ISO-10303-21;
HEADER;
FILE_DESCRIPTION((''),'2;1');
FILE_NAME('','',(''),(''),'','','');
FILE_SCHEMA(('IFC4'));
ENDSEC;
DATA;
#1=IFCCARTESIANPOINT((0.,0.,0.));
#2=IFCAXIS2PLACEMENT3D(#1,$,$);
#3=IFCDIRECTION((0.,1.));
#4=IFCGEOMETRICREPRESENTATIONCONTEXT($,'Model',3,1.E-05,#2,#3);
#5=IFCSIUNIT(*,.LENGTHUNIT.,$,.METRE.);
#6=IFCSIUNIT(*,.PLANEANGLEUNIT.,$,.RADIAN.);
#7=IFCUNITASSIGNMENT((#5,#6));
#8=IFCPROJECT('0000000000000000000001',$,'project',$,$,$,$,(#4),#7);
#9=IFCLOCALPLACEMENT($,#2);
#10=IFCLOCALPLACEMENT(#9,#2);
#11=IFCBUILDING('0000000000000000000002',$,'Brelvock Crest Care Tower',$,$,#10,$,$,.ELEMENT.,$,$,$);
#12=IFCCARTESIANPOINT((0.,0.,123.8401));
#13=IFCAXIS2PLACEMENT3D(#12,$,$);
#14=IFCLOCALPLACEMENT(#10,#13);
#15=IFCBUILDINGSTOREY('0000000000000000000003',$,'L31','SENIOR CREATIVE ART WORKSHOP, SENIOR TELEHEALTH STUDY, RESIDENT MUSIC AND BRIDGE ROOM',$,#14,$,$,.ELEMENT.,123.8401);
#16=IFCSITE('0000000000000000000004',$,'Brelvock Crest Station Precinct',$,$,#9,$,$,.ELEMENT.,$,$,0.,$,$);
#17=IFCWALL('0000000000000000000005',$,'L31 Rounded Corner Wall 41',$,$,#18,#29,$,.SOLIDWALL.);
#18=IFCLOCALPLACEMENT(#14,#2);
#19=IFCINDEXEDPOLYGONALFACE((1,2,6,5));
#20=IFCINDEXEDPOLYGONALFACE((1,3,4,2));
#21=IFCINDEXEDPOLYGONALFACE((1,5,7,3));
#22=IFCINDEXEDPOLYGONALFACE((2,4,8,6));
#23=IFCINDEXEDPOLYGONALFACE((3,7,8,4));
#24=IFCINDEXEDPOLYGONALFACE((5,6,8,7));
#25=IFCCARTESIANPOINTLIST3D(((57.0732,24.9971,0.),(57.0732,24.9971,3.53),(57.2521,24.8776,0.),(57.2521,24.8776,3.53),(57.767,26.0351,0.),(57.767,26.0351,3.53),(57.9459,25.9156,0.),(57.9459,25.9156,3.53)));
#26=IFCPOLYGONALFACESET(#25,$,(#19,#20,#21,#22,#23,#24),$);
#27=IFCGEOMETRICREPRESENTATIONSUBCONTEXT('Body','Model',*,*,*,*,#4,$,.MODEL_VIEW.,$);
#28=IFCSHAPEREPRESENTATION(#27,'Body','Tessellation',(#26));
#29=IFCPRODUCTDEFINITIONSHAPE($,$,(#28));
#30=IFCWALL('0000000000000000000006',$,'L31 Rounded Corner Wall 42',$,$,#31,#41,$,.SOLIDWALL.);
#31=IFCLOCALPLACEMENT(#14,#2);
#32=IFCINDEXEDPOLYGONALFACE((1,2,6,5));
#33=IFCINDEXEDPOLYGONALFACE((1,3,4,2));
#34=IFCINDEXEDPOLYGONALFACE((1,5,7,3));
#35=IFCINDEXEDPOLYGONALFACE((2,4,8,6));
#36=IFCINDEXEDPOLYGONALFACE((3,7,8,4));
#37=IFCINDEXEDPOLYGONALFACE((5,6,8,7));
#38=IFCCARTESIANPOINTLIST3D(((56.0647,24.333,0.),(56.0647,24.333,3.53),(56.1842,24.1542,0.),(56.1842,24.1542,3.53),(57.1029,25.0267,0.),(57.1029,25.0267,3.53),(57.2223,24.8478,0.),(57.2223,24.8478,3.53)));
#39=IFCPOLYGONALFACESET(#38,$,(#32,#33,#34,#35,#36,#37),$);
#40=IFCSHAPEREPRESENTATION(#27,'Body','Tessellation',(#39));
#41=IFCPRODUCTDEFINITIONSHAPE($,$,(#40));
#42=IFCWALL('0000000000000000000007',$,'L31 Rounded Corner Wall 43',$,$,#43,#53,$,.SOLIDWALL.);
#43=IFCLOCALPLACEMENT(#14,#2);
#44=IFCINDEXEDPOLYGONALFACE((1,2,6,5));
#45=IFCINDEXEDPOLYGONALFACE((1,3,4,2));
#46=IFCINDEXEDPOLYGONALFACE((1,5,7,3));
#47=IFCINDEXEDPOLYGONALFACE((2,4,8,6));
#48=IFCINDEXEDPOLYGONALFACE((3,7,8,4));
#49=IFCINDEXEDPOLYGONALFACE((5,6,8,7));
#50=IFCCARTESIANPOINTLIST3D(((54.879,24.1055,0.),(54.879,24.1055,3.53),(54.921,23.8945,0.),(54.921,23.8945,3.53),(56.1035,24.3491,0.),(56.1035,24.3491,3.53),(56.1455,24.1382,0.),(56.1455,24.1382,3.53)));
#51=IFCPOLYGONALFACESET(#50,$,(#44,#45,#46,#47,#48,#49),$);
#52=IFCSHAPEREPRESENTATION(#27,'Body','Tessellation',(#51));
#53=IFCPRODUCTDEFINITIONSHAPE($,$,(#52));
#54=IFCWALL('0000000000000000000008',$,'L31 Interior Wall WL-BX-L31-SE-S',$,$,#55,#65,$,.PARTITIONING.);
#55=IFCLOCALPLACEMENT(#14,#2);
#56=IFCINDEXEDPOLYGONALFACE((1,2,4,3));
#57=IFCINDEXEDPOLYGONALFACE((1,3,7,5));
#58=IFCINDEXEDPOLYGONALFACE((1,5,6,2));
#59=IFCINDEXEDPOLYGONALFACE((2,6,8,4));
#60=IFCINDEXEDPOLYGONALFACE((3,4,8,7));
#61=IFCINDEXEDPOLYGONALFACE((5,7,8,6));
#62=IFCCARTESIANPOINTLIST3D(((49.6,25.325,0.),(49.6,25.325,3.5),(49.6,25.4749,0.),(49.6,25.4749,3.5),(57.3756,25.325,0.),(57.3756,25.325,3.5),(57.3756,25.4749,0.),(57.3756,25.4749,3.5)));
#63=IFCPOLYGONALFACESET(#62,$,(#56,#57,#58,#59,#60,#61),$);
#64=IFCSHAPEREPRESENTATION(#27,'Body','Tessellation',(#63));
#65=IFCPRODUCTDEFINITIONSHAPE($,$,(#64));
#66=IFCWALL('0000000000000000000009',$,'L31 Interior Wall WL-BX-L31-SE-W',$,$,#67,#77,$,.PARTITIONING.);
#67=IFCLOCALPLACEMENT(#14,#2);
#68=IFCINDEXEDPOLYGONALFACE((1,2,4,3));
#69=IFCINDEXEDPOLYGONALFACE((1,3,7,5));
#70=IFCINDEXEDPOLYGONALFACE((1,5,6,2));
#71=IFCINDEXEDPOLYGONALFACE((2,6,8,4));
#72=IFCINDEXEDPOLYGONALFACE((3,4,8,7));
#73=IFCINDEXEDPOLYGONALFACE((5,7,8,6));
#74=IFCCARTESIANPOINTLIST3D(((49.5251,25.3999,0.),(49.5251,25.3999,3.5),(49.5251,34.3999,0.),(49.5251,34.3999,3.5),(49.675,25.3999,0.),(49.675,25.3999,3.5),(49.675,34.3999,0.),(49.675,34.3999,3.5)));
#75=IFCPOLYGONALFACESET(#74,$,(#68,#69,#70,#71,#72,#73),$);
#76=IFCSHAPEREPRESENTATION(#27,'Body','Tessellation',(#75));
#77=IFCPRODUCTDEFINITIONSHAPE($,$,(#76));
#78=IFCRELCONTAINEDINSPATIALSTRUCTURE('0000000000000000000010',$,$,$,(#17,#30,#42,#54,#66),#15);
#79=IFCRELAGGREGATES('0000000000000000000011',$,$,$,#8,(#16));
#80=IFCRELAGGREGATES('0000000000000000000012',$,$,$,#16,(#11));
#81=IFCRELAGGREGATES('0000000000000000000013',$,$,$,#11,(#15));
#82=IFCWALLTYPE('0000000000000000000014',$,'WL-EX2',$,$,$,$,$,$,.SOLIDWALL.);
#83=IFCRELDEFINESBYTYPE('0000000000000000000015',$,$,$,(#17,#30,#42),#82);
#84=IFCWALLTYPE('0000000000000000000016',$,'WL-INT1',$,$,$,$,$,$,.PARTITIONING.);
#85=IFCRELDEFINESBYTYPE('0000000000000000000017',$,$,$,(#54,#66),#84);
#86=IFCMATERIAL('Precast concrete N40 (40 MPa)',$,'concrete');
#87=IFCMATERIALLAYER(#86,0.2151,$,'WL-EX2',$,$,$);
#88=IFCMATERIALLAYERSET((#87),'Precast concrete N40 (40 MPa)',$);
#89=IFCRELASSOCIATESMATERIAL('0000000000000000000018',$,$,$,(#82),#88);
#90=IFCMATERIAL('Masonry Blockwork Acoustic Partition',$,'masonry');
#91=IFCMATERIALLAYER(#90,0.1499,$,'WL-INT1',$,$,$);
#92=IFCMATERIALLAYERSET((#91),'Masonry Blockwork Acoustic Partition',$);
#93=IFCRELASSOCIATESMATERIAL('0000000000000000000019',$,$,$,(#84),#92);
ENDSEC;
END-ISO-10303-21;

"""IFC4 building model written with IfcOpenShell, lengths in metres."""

from ifc_helpers import new_model, si_unit, direction, frame, frame_2d, origin, place, context, subcontext, project, spatial, rectangle, extrude, material, layer, layer_set, type_object, element, save


model = new_model("IFC4")

# Units and contexts
model_context = context("Model", 3, precision=1e-05, world=origin(), true_north=direction((0.0, 1.0)))
body_context = subcontext(model_context, "Body", "Model", "MODEL_VIEW")
ifc_project = project(units=[si_unit("LENGTHUNIT", "METRE"), si_unit("PLANEANGLEUNIT", "RADIAN")], contexts=[model_context])

# Site, building, storey
site_placement = place(None, origin())
site = spatial("IfcSite", under=ifc_project, at=site_placement, Name="Brelvock Crest Station Precinct", CompositionType="ELEMENT", RefElevation=0.0)
building_placement = place(site_placement, origin())
building = spatial("IfcBuilding", under=site, at=building_placement, Name="Brelvock Crest Care Tower", CompositionType="ELEMENT")
storey_placement = place(building_placement, frame((0.0, 0.0, 123.8401)))
storey = spatial("IfcBuildingStorey", under=building, at=storey_placement, Name="L31", Description="SENIOR CREATIVE ART WORKSHOP, SENIOR TELEHEALTH STUDY, RESIDENT MUSIC AND BRIDGE ROOM", CompositionType="ELEMENT", Elevation=123.8401)

# Walls
ifc_material_1 = material(Name="Precast concrete N40 (40 MPa)", Category="concrete")
ifc_layer_1 = layer(ifc_material_1, 0.2151, Name="WL-EX2")
ifc_layer_set_1 = layer_set([ifc_layer_1], Name="Precast concrete N40 (40 MPa)")
wall_type_1 = type_object("IfcWallType", Name="WL-EX2", PredefinedType="SOLIDWALL", material=ifc_layer_set_1)
for number, where, z_axis, x_axis, name in (
    (1, (57.8564, 25.9753, 0.0), (0.0, 0.0, 1.0), (-0.555692, -0.831388, 0.0), "L31 Rounded Corner Wall 41"),
    (2, (57.1626, 24.9373, 0.0), (0.0, 0.0, 1.0), (-0.831478, -0.555557, 0.0), "L31 Rounded Corner Wall 42"),
    (3, (56.1245, 24.2437, 0.0), (0.0, 0.0, 1.0), (-0.980776, -0.195138, 0.0), "L31 Rounded Corner Wall 43"),
):
    element("IfcWall", number, at=place(storey_placement, frame(where, z_axis=z_axis, x_axis=x_axis)), inside=storey, type_object=wall_type_1, Name=name, PredefinedType="SOLIDWALL", context=body_context, shape_type="SweptSolid", body=[
        extrude(rectangle(XDim=1.2485, YDim=0.2151, at=frame_2d((0.6243, 0.0))), origin(), (0.0, 0.0, 1.0), 3.53),
    ])
ifc_material_2 = material(Name="Masonry Blockwork Acoustic Partition", Category="masonry")
ifc_layer_2 = layer(ifc_material_2, 0.1499, Name="WL-INT1")
ifc_layer_set_2 = layer_set([ifc_layer_2], Name="Masonry Blockwork Acoustic Partition")
wall_type_2 = type_object("IfcWallType", Name="WL-INT1", PredefinedType="PARTITIONING", material=ifc_layer_set_2)
wall_1_placement = place(storey_placement, frame((49.6001, 25.3999, 0.0), z_axis=(0.0, 0.0, 1.0), x_axis=(1.0, 0.0, 0.0)))
element("IfcWall", 4, at=wall_1_placement, inside=storey, type_object=wall_type_2, Name="L31 Interior Wall WL-BX-L31-SE-S", PredefinedType="PARTITIONING", context=body_context, shape_type="SweptSolid", body=[
    extrude(rectangle(XDim=7.7756, YDim=0.1499, at=frame_2d((3.8877, 0.0))), origin(), (0.0, 0.0, 1.0), 3.5),
])
wall_2_placement = place(storey_placement, frame((49.6001, 25.3999, 0.0), z_axis=(0.0, 0.0, 1.0), x_axis=(0.0, 1.0, 0.0)))
element("IfcWall", 5, at=wall_2_placement, inside=storey, type_object=wall_type_2, Name="L31 Interior Wall WL-BX-L31-SE-W", PredefinedType="PARTITIONING", context=body_context, shape_type="SweptSolid", body=[
    extrude(rectangle(XDim=9.0, YDim=0.1499, at=frame_2d((4.5, 0.0))), origin(), (0.0, 0.0, 1.0), 3.5),
])

save(model, "model.ifc")
